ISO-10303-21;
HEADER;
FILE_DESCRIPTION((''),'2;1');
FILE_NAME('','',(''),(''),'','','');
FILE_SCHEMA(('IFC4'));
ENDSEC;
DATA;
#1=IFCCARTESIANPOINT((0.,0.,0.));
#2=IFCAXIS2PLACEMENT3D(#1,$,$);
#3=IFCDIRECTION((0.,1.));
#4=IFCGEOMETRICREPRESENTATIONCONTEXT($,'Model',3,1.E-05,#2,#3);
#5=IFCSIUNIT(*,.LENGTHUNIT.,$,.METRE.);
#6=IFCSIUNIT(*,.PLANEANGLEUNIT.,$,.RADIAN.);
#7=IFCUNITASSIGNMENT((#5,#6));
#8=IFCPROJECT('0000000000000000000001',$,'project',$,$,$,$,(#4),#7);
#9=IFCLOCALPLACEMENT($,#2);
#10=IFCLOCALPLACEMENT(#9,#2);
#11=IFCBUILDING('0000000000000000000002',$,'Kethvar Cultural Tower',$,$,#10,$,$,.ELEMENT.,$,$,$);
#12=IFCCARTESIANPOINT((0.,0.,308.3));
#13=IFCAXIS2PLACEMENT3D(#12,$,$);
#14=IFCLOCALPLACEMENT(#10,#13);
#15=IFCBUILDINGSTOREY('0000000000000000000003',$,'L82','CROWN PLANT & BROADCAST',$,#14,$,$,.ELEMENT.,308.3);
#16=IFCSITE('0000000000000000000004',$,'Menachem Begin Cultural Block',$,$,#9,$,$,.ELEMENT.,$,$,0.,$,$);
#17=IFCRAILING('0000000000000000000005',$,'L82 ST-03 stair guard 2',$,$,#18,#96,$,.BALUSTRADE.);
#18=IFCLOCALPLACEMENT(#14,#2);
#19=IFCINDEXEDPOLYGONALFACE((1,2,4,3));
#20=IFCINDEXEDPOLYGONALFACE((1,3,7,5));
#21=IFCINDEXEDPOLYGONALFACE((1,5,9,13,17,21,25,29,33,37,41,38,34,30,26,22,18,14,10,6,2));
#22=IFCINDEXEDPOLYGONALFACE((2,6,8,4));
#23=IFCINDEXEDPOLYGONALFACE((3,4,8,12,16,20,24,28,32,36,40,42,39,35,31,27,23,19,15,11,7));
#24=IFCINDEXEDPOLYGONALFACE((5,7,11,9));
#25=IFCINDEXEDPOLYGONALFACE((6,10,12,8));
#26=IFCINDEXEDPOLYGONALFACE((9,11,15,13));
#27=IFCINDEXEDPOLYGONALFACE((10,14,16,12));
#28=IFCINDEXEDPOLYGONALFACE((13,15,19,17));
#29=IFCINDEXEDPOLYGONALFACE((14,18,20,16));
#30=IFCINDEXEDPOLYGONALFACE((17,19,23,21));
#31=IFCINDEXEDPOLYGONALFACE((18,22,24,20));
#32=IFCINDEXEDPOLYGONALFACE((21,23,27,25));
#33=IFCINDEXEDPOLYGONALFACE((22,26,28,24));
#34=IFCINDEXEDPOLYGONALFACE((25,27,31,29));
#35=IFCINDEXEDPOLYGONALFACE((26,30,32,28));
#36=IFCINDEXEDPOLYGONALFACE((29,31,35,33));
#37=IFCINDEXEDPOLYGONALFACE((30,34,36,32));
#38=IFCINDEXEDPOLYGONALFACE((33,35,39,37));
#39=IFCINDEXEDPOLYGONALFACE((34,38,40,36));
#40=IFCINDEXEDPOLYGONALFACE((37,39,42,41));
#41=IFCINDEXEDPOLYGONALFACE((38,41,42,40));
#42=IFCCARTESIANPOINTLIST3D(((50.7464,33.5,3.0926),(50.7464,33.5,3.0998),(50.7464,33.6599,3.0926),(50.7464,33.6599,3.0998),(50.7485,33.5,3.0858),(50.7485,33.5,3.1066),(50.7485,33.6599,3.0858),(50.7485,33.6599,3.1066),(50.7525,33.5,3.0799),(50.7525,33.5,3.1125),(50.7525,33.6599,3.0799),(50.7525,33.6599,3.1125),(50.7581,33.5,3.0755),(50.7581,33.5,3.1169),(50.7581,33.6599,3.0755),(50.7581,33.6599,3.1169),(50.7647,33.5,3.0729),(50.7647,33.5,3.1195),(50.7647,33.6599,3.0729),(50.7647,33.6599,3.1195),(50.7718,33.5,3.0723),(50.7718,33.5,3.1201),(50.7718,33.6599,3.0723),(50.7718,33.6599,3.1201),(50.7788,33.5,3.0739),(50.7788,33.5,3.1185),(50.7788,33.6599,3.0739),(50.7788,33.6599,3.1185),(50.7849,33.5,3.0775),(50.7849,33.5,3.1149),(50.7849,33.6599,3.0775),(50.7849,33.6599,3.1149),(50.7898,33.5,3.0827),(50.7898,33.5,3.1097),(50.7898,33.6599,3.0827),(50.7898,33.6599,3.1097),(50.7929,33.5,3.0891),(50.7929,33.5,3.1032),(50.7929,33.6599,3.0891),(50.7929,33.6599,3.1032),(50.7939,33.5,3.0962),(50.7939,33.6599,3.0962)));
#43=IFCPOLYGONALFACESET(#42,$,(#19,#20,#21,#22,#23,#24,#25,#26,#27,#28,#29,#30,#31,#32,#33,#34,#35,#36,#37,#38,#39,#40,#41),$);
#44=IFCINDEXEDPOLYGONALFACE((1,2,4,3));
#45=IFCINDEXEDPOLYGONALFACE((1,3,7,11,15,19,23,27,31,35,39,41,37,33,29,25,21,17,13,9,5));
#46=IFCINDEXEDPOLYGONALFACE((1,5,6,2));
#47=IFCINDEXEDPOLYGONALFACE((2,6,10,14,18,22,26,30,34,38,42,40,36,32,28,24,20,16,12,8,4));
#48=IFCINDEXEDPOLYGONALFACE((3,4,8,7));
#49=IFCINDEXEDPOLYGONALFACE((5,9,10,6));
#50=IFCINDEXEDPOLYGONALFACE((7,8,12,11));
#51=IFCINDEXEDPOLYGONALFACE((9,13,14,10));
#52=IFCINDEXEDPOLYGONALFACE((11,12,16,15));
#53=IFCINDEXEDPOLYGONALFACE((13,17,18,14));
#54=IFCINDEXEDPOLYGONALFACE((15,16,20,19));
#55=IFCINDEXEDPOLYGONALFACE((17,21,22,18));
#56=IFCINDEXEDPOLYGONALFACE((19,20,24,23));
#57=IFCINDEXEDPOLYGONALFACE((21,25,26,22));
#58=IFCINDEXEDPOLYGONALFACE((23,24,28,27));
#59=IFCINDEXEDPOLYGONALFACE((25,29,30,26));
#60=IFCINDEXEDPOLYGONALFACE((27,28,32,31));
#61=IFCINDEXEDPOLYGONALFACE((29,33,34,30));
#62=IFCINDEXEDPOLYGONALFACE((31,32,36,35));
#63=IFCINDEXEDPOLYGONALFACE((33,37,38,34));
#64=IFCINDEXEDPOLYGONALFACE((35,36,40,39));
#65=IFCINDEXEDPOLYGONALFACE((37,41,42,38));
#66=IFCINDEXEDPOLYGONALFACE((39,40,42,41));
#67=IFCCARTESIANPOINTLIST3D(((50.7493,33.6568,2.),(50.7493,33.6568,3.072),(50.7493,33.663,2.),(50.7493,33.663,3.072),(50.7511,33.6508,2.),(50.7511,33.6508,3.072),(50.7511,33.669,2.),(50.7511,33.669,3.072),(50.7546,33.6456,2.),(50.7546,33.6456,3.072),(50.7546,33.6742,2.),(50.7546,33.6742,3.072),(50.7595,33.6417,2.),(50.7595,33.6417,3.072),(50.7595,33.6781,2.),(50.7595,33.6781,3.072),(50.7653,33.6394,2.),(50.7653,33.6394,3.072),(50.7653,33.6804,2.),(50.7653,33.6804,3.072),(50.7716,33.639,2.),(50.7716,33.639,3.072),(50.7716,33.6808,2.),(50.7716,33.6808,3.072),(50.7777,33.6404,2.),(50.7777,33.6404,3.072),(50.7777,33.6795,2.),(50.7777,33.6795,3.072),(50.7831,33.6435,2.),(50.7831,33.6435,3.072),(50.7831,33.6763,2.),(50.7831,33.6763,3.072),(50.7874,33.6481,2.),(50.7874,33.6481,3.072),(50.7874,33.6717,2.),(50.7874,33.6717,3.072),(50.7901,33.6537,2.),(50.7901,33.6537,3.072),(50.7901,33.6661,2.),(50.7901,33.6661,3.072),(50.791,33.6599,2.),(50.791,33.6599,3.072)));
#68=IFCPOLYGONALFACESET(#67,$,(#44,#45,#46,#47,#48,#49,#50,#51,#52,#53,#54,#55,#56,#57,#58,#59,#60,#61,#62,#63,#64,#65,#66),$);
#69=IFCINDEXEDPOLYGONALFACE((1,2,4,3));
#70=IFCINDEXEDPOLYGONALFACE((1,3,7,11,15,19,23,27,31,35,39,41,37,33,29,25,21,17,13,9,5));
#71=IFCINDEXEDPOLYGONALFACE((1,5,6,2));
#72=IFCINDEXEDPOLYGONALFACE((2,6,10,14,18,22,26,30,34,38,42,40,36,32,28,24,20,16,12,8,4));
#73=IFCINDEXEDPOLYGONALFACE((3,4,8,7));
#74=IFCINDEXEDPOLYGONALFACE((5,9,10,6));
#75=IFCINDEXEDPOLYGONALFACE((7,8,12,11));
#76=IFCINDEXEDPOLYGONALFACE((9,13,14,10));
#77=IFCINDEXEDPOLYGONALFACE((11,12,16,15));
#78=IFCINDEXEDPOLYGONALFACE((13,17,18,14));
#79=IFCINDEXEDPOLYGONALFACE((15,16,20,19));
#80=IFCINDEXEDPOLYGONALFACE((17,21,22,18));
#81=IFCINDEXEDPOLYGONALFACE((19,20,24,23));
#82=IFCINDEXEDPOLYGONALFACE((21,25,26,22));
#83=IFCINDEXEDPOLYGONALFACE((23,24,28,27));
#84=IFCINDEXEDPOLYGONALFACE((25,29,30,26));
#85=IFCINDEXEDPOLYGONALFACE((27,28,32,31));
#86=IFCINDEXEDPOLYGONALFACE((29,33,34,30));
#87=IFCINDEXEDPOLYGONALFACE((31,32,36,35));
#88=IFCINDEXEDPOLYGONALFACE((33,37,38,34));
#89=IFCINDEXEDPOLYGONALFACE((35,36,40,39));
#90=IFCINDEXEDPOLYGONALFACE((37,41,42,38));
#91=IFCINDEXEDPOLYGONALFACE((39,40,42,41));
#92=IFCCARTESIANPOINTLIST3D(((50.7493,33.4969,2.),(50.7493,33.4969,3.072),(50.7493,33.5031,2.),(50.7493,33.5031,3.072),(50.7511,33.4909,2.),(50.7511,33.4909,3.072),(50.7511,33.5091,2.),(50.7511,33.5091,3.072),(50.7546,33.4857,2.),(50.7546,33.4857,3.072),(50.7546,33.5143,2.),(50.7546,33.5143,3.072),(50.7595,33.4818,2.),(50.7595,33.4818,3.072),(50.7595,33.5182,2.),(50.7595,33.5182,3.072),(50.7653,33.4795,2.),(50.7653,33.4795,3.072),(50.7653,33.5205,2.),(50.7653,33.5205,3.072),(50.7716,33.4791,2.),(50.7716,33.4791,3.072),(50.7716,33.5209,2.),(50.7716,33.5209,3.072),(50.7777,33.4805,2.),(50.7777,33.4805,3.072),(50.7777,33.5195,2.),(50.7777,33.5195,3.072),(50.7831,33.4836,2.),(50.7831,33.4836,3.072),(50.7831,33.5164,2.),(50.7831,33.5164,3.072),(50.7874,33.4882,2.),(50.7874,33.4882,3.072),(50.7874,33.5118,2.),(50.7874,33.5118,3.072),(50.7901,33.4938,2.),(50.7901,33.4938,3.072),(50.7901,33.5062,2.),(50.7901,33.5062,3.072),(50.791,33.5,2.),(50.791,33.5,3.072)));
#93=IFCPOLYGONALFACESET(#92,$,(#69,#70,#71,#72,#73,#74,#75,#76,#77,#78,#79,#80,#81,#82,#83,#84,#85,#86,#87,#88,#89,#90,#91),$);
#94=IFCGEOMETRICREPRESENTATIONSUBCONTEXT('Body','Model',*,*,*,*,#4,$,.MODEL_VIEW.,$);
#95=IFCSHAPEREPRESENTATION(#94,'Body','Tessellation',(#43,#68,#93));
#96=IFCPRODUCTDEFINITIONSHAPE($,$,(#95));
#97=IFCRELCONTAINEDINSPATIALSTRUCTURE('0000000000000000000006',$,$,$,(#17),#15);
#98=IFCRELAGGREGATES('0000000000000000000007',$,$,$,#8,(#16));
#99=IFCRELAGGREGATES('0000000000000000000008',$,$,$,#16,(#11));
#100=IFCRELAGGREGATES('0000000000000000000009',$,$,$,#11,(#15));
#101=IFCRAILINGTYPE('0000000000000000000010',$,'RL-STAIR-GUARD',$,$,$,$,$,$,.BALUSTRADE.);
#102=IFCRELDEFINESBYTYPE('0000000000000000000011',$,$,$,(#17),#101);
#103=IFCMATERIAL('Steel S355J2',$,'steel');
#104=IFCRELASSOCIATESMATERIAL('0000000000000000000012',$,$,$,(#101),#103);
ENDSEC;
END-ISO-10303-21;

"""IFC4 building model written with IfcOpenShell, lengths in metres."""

from ifc_helpers import new_model, si_unit, direction, frame, origin, origin_2d, place, context, subcontext, project, spatial, circle, extrude, material, type_object, element, save


model = new_model("IFC4")

# Units and contexts
model_context = context("Model", 3, precision=1e-05, world=origin(), true_north=direction((0.0, 1.0)))
body_context = subcontext(model_context, "Body", "Model", "MODEL_VIEW")
ifc_project = project(units=[si_unit("LENGTHUNIT", "METRE"), si_unit("PLANEANGLEUNIT", "RADIAN")], contexts=[model_context])

# Site, building, storey
site_placement = place(None, origin())
site = spatial("IfcSite", under=ifc_project, at=site_placement, Name="Menachem Begin Cultural Block", CompositionType="ELEMENT", RefElevation=0.0)
building_placement = place(site_placement, origin())
building = spatial("IfcBuilding", under=site, at=building_placement, Name="Kethvar Cultural Tower", CompositionType="ELEMENT")
storey_placement = place(building_placement, frame((0.0, 0.0, 308.3)))
storey = spatial("IfcBuildingStorey", under=building, at=storey_placement, Name="L82", Description="CROWN PLANT & BROADCAST", CompositionType="ELEMENT", Elevation=308.3)

# Shared definitions
ifc_material_1 = material(Name="Steel S355J2", Category="steel")

# Railing
railing_type_1 = type_object("IfcRailingType", Name="RL-STAIR-GUARD", PredefinedType="BALUSTRADE", material=ifc_material_1)
railing_1_placement = place(storey_placement, frame((50.77, 33.6599, 2.0)))
element("IfcRailing", 1, at=railing_1_placement, inside=storey, type_object=railing_type_1, Name="L82 ST-03 stair guard 2", PredefinedType="BALUSTRADE", context=body_context, shape_type="SweptSolid", body=[
    extrude(circle(Radius=0.0239, at=origin_2d()), frame((0.0, 0.0, 1.0962), z_axis=(0.0, -1.0, 0.0), x_axis=(1.0, 0.0, 0.0)), (0.0, 0.0, 1.0), 0.1599),
    extrude(circle(Radius=0.021, at=origin_2d()), origin(), (0.0, 0.0, 1.0), 1.072),
    extrude(circle(Radius=0.021, at=origin_2d()), frame((0.0, -0.1599, 0.0)), (0.0, 0.0, 1.0), 1.072),
])

save(model, "model.ifc")
